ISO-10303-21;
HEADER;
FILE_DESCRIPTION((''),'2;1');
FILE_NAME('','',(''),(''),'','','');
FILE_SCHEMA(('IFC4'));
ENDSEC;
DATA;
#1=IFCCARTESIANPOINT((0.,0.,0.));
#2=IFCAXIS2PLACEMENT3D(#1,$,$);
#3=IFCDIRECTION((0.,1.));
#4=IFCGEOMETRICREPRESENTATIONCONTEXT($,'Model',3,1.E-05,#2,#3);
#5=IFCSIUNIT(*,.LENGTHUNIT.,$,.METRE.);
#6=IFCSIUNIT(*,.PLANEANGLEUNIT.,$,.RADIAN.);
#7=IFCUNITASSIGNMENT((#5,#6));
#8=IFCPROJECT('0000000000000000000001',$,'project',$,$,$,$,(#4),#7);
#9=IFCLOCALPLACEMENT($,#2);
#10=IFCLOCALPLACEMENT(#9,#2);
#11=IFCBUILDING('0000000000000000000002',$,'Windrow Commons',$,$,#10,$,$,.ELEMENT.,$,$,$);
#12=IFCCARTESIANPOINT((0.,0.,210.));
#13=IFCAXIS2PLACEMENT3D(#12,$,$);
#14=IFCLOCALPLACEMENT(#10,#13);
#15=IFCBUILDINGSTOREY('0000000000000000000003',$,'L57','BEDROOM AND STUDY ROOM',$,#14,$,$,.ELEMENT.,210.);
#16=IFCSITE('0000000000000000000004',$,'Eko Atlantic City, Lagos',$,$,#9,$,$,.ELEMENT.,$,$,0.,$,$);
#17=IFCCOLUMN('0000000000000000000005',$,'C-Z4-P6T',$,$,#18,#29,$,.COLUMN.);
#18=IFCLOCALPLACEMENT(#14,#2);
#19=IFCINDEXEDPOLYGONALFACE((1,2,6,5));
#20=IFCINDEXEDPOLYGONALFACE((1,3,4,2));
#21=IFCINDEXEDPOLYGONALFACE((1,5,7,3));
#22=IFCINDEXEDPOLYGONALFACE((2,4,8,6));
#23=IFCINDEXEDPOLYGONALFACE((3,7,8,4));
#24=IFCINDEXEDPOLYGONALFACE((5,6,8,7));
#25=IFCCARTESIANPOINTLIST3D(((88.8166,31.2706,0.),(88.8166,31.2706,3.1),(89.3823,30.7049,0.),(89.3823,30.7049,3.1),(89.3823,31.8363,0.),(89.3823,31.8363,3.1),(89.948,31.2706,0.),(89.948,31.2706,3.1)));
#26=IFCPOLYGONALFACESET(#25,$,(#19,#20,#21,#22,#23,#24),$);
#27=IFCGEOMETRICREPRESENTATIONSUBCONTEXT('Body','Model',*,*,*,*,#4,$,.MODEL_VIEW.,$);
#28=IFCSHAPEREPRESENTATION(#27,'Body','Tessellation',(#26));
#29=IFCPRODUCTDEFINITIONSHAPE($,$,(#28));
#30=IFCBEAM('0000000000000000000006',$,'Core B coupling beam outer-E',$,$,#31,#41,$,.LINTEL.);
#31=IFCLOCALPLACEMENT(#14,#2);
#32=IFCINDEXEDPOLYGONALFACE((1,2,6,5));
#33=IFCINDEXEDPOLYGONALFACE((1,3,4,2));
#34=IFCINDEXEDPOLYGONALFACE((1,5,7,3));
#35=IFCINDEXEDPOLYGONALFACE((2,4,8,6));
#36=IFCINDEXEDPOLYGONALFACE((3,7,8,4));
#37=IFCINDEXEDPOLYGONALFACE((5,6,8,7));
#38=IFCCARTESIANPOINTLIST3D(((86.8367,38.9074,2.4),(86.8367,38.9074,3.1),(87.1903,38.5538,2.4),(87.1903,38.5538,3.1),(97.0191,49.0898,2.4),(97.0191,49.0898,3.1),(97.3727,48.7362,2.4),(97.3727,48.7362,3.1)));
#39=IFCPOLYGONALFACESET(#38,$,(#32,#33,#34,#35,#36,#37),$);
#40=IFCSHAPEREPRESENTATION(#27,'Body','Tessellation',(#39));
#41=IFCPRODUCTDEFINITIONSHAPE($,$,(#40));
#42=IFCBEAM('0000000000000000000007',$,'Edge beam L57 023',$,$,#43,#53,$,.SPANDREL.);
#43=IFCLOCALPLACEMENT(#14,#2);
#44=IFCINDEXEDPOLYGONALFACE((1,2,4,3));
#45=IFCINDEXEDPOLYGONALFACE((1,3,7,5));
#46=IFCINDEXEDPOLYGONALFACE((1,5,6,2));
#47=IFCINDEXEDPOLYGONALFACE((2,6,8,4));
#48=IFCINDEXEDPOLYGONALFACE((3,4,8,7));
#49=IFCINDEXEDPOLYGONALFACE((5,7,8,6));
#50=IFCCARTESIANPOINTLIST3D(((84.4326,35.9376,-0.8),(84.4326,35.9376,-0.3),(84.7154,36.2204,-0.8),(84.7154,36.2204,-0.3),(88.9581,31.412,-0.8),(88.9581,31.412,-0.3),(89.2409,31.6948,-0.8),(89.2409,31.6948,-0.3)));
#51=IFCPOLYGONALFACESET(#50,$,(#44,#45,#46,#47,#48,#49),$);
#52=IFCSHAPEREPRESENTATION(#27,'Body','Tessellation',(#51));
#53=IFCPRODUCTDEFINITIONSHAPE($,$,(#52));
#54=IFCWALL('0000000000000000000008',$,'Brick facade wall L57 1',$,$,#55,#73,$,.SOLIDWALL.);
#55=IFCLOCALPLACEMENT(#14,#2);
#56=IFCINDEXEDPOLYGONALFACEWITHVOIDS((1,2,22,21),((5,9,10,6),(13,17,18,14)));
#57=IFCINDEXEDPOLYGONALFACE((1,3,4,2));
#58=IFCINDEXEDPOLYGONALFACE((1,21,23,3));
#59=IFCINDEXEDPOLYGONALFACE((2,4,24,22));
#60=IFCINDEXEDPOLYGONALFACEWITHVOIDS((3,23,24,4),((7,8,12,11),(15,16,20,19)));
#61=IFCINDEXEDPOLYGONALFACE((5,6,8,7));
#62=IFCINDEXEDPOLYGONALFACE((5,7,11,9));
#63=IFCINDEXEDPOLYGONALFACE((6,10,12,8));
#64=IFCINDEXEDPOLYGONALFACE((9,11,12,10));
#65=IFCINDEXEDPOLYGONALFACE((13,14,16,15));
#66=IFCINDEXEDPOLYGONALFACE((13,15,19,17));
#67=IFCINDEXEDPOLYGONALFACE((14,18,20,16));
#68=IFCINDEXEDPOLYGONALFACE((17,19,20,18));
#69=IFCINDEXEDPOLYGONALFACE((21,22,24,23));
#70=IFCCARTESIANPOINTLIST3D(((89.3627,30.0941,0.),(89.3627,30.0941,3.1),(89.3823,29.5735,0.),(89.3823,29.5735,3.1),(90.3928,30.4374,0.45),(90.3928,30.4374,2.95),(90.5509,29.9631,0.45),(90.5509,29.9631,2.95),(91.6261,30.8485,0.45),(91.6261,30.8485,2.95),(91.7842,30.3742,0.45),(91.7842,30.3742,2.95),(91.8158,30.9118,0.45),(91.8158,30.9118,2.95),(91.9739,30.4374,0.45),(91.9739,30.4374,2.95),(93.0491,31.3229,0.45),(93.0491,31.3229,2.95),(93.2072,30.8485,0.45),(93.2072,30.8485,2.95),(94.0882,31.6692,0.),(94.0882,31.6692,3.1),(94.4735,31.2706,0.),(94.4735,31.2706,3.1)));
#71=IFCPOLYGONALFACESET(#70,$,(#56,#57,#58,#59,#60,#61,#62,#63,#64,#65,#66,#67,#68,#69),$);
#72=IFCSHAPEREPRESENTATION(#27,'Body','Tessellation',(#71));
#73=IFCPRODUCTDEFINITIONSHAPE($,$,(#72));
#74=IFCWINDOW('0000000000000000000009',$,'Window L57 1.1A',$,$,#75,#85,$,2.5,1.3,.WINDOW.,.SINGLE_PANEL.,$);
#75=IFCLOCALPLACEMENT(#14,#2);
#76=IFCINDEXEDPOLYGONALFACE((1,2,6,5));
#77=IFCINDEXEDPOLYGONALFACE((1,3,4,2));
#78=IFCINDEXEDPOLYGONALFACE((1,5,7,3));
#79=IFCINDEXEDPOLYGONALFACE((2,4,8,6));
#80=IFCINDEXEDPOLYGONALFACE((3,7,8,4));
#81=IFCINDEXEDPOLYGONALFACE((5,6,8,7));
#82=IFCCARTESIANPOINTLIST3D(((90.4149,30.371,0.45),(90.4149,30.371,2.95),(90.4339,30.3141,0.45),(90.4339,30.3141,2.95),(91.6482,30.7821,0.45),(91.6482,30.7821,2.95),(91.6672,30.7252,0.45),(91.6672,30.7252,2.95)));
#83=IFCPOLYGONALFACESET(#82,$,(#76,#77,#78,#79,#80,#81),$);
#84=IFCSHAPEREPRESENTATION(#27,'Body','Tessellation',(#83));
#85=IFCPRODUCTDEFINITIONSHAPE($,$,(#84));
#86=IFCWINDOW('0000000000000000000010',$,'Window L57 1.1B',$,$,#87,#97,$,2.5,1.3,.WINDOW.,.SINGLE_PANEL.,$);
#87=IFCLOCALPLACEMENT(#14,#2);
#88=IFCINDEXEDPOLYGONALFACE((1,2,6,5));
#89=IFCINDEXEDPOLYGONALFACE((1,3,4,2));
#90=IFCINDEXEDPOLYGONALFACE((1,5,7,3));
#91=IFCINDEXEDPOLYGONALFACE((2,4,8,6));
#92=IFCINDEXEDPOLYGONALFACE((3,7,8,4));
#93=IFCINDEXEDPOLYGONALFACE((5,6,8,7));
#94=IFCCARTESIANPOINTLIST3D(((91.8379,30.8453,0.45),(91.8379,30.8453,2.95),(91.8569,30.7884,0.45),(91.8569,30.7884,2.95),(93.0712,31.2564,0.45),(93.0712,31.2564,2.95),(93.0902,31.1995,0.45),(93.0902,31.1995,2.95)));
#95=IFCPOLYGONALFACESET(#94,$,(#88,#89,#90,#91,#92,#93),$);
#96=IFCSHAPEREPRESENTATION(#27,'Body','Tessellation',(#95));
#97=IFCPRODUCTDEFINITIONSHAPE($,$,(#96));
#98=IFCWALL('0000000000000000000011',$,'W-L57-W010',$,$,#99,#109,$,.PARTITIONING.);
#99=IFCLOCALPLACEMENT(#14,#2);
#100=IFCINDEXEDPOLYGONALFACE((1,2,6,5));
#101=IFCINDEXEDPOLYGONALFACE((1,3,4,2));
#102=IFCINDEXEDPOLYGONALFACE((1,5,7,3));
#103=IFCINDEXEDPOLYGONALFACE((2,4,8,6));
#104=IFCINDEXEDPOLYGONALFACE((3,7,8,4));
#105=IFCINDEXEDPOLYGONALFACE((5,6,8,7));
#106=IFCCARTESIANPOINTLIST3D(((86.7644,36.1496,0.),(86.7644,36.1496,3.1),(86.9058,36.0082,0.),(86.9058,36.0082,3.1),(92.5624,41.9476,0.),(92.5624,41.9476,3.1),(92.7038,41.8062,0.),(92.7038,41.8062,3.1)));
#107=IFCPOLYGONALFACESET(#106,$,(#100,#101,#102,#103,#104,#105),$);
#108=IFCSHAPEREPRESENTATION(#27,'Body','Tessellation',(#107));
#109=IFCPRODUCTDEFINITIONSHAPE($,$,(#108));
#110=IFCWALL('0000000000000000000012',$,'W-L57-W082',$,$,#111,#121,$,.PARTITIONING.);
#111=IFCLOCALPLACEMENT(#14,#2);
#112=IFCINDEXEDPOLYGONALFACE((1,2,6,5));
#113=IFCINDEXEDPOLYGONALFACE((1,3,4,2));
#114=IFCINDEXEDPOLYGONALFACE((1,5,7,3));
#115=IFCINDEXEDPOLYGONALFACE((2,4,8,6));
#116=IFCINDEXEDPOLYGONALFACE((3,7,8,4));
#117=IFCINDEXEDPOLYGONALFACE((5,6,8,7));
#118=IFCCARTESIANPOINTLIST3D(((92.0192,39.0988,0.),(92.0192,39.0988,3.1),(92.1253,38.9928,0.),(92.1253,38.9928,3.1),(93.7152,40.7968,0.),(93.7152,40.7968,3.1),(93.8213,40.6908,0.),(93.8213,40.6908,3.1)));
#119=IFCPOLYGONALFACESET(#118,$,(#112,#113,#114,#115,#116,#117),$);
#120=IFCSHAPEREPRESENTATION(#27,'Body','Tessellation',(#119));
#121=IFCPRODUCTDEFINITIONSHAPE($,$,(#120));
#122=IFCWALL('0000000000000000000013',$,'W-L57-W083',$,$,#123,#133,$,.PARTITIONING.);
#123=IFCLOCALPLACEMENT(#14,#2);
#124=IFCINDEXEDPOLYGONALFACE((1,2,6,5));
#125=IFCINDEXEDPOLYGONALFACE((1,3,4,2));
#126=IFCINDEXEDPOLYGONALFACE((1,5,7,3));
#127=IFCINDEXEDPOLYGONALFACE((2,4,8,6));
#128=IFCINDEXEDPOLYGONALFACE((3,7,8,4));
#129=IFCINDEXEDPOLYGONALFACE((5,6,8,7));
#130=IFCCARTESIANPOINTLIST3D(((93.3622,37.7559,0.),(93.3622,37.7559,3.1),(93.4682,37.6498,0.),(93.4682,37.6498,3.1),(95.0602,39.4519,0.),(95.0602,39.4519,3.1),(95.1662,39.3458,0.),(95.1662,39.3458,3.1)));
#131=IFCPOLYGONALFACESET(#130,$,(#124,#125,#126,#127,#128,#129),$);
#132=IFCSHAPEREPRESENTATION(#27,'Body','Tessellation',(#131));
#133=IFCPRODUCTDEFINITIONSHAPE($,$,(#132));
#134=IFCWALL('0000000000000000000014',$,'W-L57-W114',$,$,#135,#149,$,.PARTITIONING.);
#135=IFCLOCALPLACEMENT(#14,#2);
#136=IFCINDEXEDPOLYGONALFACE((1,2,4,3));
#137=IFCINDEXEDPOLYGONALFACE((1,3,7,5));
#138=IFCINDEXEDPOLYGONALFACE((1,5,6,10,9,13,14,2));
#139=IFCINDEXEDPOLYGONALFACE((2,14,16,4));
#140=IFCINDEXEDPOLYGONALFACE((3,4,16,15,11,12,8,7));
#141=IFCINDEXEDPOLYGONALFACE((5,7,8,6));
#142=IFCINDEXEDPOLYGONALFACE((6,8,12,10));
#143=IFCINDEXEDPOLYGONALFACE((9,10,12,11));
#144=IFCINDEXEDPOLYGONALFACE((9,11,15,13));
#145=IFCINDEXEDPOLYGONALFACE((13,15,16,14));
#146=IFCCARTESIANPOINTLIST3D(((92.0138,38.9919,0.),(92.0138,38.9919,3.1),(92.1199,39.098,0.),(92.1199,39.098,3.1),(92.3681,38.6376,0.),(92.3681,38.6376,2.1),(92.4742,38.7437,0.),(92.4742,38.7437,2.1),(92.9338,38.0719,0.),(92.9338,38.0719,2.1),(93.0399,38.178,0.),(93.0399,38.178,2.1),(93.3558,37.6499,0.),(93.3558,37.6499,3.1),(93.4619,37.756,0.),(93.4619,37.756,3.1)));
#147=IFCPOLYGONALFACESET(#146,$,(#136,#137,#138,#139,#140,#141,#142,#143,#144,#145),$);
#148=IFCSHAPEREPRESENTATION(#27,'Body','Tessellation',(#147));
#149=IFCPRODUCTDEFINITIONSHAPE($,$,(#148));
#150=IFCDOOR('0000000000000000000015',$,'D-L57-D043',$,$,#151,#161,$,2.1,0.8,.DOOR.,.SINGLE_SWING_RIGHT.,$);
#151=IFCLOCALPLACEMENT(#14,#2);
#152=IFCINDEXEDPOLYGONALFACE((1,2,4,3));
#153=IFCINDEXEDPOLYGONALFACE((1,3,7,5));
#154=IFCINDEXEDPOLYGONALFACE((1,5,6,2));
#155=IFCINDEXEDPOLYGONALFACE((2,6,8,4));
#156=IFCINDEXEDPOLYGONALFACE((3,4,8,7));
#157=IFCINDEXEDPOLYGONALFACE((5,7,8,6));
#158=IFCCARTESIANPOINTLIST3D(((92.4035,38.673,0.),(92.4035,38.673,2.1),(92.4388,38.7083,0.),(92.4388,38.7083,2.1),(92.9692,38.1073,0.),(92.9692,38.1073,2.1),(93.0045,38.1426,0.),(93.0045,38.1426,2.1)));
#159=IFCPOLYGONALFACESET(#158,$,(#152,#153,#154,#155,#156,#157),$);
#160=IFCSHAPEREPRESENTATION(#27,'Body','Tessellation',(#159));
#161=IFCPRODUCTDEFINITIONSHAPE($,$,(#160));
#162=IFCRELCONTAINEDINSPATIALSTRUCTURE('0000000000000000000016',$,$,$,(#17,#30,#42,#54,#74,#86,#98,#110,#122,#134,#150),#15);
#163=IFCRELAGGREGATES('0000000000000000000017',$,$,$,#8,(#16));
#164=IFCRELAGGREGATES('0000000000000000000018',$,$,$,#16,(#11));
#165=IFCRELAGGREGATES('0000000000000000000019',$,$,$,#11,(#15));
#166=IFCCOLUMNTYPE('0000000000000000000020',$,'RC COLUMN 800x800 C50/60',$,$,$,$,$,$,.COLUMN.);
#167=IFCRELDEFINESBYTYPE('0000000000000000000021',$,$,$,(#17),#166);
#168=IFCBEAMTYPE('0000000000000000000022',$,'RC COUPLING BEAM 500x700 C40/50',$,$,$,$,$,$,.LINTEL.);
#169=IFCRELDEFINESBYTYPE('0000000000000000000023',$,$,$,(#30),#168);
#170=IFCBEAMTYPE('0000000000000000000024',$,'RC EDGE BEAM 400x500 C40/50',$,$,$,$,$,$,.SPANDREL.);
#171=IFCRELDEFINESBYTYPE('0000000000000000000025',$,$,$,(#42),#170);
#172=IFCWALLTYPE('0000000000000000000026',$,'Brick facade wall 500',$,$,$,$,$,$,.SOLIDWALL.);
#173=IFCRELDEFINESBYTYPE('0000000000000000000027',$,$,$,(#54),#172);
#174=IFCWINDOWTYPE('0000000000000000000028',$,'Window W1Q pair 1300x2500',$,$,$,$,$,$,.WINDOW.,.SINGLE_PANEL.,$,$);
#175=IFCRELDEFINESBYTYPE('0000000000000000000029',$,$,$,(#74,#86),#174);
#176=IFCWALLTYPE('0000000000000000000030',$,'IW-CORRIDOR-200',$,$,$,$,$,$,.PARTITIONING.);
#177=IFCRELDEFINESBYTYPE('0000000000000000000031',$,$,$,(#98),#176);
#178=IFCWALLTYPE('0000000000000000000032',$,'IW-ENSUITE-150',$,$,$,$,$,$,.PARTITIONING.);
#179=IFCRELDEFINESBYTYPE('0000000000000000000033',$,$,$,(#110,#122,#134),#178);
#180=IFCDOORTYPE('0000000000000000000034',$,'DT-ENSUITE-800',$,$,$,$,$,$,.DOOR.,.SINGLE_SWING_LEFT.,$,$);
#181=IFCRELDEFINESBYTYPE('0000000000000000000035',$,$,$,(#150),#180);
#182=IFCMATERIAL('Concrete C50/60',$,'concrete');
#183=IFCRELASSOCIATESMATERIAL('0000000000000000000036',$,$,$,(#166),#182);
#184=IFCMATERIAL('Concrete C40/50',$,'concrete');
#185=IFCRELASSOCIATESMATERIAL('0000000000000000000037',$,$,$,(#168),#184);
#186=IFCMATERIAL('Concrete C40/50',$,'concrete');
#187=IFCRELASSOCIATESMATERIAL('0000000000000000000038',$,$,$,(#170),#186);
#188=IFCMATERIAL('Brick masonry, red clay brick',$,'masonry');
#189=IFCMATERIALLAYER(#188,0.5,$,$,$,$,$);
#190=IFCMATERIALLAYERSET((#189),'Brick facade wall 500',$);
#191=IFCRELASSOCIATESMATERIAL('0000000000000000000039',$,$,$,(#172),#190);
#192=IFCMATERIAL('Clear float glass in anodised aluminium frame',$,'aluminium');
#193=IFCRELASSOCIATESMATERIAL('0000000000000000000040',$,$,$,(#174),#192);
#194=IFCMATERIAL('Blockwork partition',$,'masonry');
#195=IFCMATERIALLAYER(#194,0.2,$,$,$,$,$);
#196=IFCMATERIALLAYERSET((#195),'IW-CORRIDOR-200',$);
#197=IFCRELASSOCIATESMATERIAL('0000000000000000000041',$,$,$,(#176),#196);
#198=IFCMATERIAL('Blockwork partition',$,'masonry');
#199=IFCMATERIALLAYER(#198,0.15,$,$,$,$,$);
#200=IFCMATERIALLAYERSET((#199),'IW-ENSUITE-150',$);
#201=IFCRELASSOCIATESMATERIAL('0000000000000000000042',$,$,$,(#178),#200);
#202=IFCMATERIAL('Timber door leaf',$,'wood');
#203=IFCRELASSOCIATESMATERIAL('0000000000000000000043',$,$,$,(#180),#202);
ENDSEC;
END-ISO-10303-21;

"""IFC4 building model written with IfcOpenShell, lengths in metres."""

from ifc_helpers import new_model, si_unit, direction, frame, frame_2d, origin, origin_2d, place, context, subcontext, project, spatial, polyline, rectangle, outline, extrude, material, layer, layer_set, material_profile, profile_set, type_object, element, fill, save


model = new_model("IFC4")

# Units and contexts
model_context = context("Model", 3, precision=1e-05, world=origin(), true_north=direction((0.0, 1.0)))
body_context = subcontext(model_context, "Body", "Model", "MODEL_VIEW")
ifc_project = project(units=[si_unit("LENGTHUNIT", "METRE"), si_unit("PLANEANGLEUNIT", "RADIAN")], contexts=[model_context])

# Site, building, storey
site_placement = place(None, origin())
site = spatial("IfcSite", under=ifc_project, at=site_placement, Name="Eko Atlantic City, Lagos", CompositionType="ELEMENT", RefElevation=0.0)
building_placement = place(site_placement, origin())
building = spatial("IfcBuilding", under=site, at=building_placement, Name="Windrow Commons", CompositionType="ELEMENT")
storey_placement = place(building_placement, frame((0.0, 0.0, 210.0)))
storey = spatial("IfcBuildingStorey", under=building, at=storey_placement, Name="L57", Description="BEDROOM AND STUDY ROOM", CompositionType="ELEMENT", Elevation=210.0)

# Column
ifc_material_1 = material(Name="Concrete C50/60", Category="concrete")
ifc_material_profile_1 = material_profile(ifc_material_1, rectangle(XDim=0.8, YDim=0.8, at=origin_2d()))
ifc_profile_set_1 = profile_set([ifc_material_profile_1], Name="Concrete C50/60")
column_type = type_object("IfcColumnType", Name="RC COLUMN 800x800 C50/60", PredefinedType="COLUMN", material=ifc_profile_set_1)
column_placement = place(storey_placement, frame((89.3823, 31.2706, 0.0), z_axis=(0.0, 0.0, 1.0), x_axis=(0.707107, -0.707107, 0.0)))
element("IfcColumn", 1, at=column_placement, inside=storey, type_object=column_type, Name="C-Z4-P6T", PredefinedType="COLUMN", context=body_context, shape_type="SweptSolid", body=[
    extrude(rectangle(XDim=0.8, YDim=0.8, at=origin_2d()), origin(), (0.0, 0.0, 1.0), 3.1),
])

# Beams
ifc_material_2 = material(Name="Concrete C40/50", Category="concrete")
ifc_material_profile_2 = material_profile(ifc_material_2, rectangle(XDim=0.5, YDim=0.7, at=origin_2d()))
ifc_profile_set_2 = profile_set([ifc_material_profile_2], Name="Concrete C40/50")
beam_type_1 = type_object("IfcBeamType", Name="RC COUPLING BEAM 500x700 C40/50", PredefinedType="LINTEL", material=ifc_profile_set_2)
beam_1_placement = place(storey_placement, frame((87.0135, 38.7306, 2.75), z_axis=(0.707107, 0.707107, 0.0), x_axis=(-0.707107, 0.707107, 0.0)))
element("IfcBeam", 2, at=beam_1_placement, inside=storey, type_object=beam_type_1, Name="Core B coupling beam outer-E", PredefinedType="LINTEL", context=body_context, shape_type="SweptSolid", body=[
    extrude(rectangle(XDim=0.5, YDim=0.7, at=origin_2d()), origin(), (0.0, 0.0, 1.0), 14.4001),
])
ifc_material_3 = material(Name="Concrete C40/50", Category="concrete")
ifc_material_profile_3 = material_profile(ifc_material_3, rectangle(XDim=0.4, YDim=0.5, at=origin_2d()))
ifc_profile_set_3 = profile_set([ifc_material_profile_3], Name="Concrete C40/50")
beam_type_2 = type_object("IfcBeamType", Name="RC EDGE BEAM 400x500 C40/50", PredefinedType="SPANDREL", material=ifc_profile_set_3)
beam_2_placement = place(storey_placement, frame((89.0995, 31.5534, -0.55), z_axis=(-0.707099, 0.707115, 0.0), x_axis=(-0.707115, -0.707099, 0.0)))
element("IfcBeam", 3, at=beam_2_placement, inside=storey, type_object=beam_type_2, Name="Edge beam L57 023", PredefinedType="SPANDREL", context=body_context, shape_type="SweptSolid", body=[
    extrude(rectangle(XDim=0.4, YDim=0.5, at=origin_2d()), origin(), (0.0, 0.0, 1.0), 6.4001),
])

# Wall, openings, windows
ifc_material_4 = material(Name="Brick masonry, red clay brick", Category="masonry")
ifc_layer_1 = layer(ifc_material_4, 0.5)
ifc_layer_set_1 = layer_set([ifc_layer_1], Name="Brick facade wall 500")
wall_type_1 = type_object("IfcWallType", Name="Brick facade wall 500", PredefinedType="SOLIDWALL", material=ifc_layer_set_1)
wall_1_placement = place(storey_placement, frame((89.3725, 29.8338, 0.0), z_axis=(0.0, 0.0, 1.0), x_axis=(0.948683, 0.316228, 0.0)))
wall_1 = element("IfcWall", 4, at=wall_1_placement, inside=storey, type_object=wall_type_1, Name="Brick facade wall L57 1", PredefinedType="SOLIDWALL", context=body_context, shape_type="SweptSolid", body=[
    extrude(outline(polyline([(-0.073, -0.25), (5.2936, -0.25), (5.0541, 0.25), (0.073, 0.25), (-0.073, -0.25)])), origin(), (0.0, 0.0, 1.0), 3.1),
])
opening_1_placement = place(wall_1_placement, frame((1.1588, 0.0, 0.45)))
opening_1 = element("IfcOpeningElement", 5, at=opening_1_placement, cuts=wall_1, PredefinedType="OPENING", context=body_context, shape_type="SweptSolid", body=[
    extrude(rectangle(XDim=1.3, YDim=2.5, at=frame_2d((0.65, 1.25))), frame((0.0, 0.26, 0.0), z_axis=(0.0, -1.0, 0.0), x_axis=(1.0, 0.0, 0.0)), (0.0, 0.0, 1.0), 0.52),
])
opening_2_placement = place(wall_1_placement, frame((2.6588, 0.0, 0.45)))
opening_2 = element("IfcOpeningElement", 6, at=opening_2_placement, cuts=wall_1, PredefinedType="OPENING", context=body_context, shape_type="SweptSolid", body=[
    extrude(rectangle(XDim=1.3, YDim=2.5, at=frame_2d((0.65, 1.25))), frame((0.0, 0.26, 0.0), z_axis=(0.0, -1.0, 0.0), x_axis=(1.0, 0.0, 0.0)), (0.0, 0.0, 1.0), 0.52),
])
ifc_material_5 = material(Name="Clear float glass in anodised aluminium frame", Category="aluminium")
window_type = type_object("IfcWindowType", Name="Window W1Q pair 1300x2500", PartitioningType="SINGLE_PANEL", PredefinedType="WINDOW", material=ifc_material_5)
window_1_placement = place(opening_1_placement, origin())
window_1 = element("IfcWindow", 7, at=window_1_placement, inside=storey, type_object=window_type, Name="Window L57 1.1A", OverallHeight=2.5, OverallWidth=1.3, PartitioningType="SINGLE_PANEL", PredefinedType="WINDOW", context=body_context, shape_type="SweptSolid", body=[
    extrude(rectangle(XDim=1.3, YDim=2.5, at=frame_2d((0.65, 1.25))), frame((0.0, 0.18, 0.0), z_axis=(0.0, -1.0, 0.0), x_axis=(1.0, 0.0, 0.0)), (0.0, 0.0, 1.0), 0.06),
])
fill(opening_1, window_1)
window_2_placement = place(opening_2_placement, origin())
window_2 = element("IfcWindow", 8, at=window_2_placement, inside=storey, type_object=window_type, Name="Window L57 1.1B", OverallHeight=2.5, OverallWidth=1.3, PartitioningType="SINGLE_PANEL", PredefinedType="WINDOW", context=body_context, shape_type="SweptSolid", body=[
    extrude(rectangle(XDim=1.3, YDim=2.5, at=frame_2d((0.65, 1.25))), frame((0.0, 0.18, 0.0), z_axis=(0.0, -1.0, 0.0), x_axis=(1.0, 0.0, 0.0)), (0.0, 0.0, 1.0), 0.06),
])
fill(opening_2, window_2)

# Walls
ifc_material_6 = material(Name="Blockwork partition", Category="masonry")
ifc_layer_2 = layer(ifc_material_6, 0.2)
ifc_layer_set_2 = layer_set([ifc_layer_2], Name="IW-CORRIDOR-200")
wall_type_2 = type_object("IfcWallType", Name="IW-CORRIDOR-200", PredefinedType="PARTITIONING", material=ifc_layer_set_2)
wall_2_placement = place(storey_placement, frame((86.8351, 36.0789, 0.0), z_axis=(0.0, 0.0, 1.0), x_axis=(0.707107, 0.707107, 0.0)))
element("IfcWall", 9, at=wall_2_placement, inside=storey, type_object=wall_type_2, Name="W-L57-W010", PredefinedType="PARTITIONING", context=body_context, shape_type="SweptSolid", body=[
    extrude(rectangle(XDim=8.1996, YDim=0.2, at=frame_2d((4.0998, 0.0))), origin(), (0.0, 0.0, 1.0), 3.1),
])
ifc_material_7 = material(Name="Blockwork partition", Category="masonry")
ifc_layer_3 = layer(ifc_material_7, 0.15)
ifc_layer_set_3 = layer_set([ifc_layer_3], Name="IW-ENSUITE-150")
wall_type_3 = type_object("IfcWallType", Name="IW-ENSUITE-150", PredefinedType="PARTITIONING", material=ifc_layer_set_3)
for number, where, z_axis, x_axis, name in (
    (10, (92.0722, 39.0458, 0.0), (0.0, 0.0, 1.0), (0.70669, 0.707523, 0.0), "W-L57-W082"),
    (11, (93.4152, 37.7028, 0.0), (0.0, 0.0, 1.0), (0.707523, 0.70669, 0.0), "W-L57-W083"),
):
    element("IfcWall", number, at=place(storey_placement, frame(where, z_axis=z_axis, x_axis=x_axis)), inside=storey, type_object=wall_type_3, Name=name, PredefinedType="PARTITIONING", context=body_context, shape_type="SweptSolid", body=[
        extrude(rectangle(XDim=2.3999, YDim=0.15, at=frame_2d((1.2, 0.0))), origin(), (0.0, 0.0, 1.0), 3.1),
    ])

# Wall, opening, door
wall_3_placement = place(storey_placement, frame((92.0669, 39.0449, 0.0), z_axis=(0.0, 0.0, 1.0), x_axis=(0.707107, -0.707107, 0.0)))
wall_3 = element("IfcWall", 12, at=wall_3_placement, inside=storey, type_object=wall_type_3, Name="W-L57-W114", PredefinedType="PARTITIONING", context=body_context, shape_type="SweptSolid", body=[
    extrude(rectangle(XDim=1.8979, YDim=0.15, at=frame_2d((0.9489, 0.0))), origin(), (0.0, 0.0, 1.0), 3.1),
])
opening_3_placement = place(wall_3_placement, frame((0.501, 0.0, 0.0)))
opening_3 = element("IfcOpeningElement", 13, at=opening_3_placement, cuts=wall_3, PredefinedType="OPENING", context=body_context, shape_type="SweptSolid", body=[
    extrude(rectangle(XDim=0.8, YDim=2.1, at=frame_2d((0.4, 1.05))), frame((0.0, 0.085, 0.0), z_axis=(0.0, -1.0, 0.0), x_axis=(1.0, 0.0, 0.0)), (0.0, 0.0, 1.0), 0.17),
])
ifc_material_8 = material(Name="Timber door leaf", Category="wood")
door_type_1 = type_object("IfcDoorType", Name="DT-ENSUITE-800", OperationType="SINGLE_SWING_LEFT", PredefinedType="DOOR", material=ifc_material_8)
door_1_placement = place(opening_3_placement, origin())
door_1 = element("IfcDoor", 14, at=door_1_placement, inside=storey, type_object=door_type_1, Name="D-L57-D043", OperationType="SINGLE_SWING_RIGHT", OverallHeight=2.1, OverallWidth=0.8, PredefinedType="DOOR", context=body_context, shape_type="SweptSolid", body=[
    extrude(rectangle(XDim=0.8, YDim=2.1, at=frame_2d((0.4, 1.05))), frame((0.0, 0.025, 0.0), z_axis=(0.0, -1.0, 0.0), x_axis=(1.0, 0.0, 0.0)), (0.0, 0.0, 1.0), 0.05),
])
fill(opening_3, door_1)

save(model, "model.ifc")
